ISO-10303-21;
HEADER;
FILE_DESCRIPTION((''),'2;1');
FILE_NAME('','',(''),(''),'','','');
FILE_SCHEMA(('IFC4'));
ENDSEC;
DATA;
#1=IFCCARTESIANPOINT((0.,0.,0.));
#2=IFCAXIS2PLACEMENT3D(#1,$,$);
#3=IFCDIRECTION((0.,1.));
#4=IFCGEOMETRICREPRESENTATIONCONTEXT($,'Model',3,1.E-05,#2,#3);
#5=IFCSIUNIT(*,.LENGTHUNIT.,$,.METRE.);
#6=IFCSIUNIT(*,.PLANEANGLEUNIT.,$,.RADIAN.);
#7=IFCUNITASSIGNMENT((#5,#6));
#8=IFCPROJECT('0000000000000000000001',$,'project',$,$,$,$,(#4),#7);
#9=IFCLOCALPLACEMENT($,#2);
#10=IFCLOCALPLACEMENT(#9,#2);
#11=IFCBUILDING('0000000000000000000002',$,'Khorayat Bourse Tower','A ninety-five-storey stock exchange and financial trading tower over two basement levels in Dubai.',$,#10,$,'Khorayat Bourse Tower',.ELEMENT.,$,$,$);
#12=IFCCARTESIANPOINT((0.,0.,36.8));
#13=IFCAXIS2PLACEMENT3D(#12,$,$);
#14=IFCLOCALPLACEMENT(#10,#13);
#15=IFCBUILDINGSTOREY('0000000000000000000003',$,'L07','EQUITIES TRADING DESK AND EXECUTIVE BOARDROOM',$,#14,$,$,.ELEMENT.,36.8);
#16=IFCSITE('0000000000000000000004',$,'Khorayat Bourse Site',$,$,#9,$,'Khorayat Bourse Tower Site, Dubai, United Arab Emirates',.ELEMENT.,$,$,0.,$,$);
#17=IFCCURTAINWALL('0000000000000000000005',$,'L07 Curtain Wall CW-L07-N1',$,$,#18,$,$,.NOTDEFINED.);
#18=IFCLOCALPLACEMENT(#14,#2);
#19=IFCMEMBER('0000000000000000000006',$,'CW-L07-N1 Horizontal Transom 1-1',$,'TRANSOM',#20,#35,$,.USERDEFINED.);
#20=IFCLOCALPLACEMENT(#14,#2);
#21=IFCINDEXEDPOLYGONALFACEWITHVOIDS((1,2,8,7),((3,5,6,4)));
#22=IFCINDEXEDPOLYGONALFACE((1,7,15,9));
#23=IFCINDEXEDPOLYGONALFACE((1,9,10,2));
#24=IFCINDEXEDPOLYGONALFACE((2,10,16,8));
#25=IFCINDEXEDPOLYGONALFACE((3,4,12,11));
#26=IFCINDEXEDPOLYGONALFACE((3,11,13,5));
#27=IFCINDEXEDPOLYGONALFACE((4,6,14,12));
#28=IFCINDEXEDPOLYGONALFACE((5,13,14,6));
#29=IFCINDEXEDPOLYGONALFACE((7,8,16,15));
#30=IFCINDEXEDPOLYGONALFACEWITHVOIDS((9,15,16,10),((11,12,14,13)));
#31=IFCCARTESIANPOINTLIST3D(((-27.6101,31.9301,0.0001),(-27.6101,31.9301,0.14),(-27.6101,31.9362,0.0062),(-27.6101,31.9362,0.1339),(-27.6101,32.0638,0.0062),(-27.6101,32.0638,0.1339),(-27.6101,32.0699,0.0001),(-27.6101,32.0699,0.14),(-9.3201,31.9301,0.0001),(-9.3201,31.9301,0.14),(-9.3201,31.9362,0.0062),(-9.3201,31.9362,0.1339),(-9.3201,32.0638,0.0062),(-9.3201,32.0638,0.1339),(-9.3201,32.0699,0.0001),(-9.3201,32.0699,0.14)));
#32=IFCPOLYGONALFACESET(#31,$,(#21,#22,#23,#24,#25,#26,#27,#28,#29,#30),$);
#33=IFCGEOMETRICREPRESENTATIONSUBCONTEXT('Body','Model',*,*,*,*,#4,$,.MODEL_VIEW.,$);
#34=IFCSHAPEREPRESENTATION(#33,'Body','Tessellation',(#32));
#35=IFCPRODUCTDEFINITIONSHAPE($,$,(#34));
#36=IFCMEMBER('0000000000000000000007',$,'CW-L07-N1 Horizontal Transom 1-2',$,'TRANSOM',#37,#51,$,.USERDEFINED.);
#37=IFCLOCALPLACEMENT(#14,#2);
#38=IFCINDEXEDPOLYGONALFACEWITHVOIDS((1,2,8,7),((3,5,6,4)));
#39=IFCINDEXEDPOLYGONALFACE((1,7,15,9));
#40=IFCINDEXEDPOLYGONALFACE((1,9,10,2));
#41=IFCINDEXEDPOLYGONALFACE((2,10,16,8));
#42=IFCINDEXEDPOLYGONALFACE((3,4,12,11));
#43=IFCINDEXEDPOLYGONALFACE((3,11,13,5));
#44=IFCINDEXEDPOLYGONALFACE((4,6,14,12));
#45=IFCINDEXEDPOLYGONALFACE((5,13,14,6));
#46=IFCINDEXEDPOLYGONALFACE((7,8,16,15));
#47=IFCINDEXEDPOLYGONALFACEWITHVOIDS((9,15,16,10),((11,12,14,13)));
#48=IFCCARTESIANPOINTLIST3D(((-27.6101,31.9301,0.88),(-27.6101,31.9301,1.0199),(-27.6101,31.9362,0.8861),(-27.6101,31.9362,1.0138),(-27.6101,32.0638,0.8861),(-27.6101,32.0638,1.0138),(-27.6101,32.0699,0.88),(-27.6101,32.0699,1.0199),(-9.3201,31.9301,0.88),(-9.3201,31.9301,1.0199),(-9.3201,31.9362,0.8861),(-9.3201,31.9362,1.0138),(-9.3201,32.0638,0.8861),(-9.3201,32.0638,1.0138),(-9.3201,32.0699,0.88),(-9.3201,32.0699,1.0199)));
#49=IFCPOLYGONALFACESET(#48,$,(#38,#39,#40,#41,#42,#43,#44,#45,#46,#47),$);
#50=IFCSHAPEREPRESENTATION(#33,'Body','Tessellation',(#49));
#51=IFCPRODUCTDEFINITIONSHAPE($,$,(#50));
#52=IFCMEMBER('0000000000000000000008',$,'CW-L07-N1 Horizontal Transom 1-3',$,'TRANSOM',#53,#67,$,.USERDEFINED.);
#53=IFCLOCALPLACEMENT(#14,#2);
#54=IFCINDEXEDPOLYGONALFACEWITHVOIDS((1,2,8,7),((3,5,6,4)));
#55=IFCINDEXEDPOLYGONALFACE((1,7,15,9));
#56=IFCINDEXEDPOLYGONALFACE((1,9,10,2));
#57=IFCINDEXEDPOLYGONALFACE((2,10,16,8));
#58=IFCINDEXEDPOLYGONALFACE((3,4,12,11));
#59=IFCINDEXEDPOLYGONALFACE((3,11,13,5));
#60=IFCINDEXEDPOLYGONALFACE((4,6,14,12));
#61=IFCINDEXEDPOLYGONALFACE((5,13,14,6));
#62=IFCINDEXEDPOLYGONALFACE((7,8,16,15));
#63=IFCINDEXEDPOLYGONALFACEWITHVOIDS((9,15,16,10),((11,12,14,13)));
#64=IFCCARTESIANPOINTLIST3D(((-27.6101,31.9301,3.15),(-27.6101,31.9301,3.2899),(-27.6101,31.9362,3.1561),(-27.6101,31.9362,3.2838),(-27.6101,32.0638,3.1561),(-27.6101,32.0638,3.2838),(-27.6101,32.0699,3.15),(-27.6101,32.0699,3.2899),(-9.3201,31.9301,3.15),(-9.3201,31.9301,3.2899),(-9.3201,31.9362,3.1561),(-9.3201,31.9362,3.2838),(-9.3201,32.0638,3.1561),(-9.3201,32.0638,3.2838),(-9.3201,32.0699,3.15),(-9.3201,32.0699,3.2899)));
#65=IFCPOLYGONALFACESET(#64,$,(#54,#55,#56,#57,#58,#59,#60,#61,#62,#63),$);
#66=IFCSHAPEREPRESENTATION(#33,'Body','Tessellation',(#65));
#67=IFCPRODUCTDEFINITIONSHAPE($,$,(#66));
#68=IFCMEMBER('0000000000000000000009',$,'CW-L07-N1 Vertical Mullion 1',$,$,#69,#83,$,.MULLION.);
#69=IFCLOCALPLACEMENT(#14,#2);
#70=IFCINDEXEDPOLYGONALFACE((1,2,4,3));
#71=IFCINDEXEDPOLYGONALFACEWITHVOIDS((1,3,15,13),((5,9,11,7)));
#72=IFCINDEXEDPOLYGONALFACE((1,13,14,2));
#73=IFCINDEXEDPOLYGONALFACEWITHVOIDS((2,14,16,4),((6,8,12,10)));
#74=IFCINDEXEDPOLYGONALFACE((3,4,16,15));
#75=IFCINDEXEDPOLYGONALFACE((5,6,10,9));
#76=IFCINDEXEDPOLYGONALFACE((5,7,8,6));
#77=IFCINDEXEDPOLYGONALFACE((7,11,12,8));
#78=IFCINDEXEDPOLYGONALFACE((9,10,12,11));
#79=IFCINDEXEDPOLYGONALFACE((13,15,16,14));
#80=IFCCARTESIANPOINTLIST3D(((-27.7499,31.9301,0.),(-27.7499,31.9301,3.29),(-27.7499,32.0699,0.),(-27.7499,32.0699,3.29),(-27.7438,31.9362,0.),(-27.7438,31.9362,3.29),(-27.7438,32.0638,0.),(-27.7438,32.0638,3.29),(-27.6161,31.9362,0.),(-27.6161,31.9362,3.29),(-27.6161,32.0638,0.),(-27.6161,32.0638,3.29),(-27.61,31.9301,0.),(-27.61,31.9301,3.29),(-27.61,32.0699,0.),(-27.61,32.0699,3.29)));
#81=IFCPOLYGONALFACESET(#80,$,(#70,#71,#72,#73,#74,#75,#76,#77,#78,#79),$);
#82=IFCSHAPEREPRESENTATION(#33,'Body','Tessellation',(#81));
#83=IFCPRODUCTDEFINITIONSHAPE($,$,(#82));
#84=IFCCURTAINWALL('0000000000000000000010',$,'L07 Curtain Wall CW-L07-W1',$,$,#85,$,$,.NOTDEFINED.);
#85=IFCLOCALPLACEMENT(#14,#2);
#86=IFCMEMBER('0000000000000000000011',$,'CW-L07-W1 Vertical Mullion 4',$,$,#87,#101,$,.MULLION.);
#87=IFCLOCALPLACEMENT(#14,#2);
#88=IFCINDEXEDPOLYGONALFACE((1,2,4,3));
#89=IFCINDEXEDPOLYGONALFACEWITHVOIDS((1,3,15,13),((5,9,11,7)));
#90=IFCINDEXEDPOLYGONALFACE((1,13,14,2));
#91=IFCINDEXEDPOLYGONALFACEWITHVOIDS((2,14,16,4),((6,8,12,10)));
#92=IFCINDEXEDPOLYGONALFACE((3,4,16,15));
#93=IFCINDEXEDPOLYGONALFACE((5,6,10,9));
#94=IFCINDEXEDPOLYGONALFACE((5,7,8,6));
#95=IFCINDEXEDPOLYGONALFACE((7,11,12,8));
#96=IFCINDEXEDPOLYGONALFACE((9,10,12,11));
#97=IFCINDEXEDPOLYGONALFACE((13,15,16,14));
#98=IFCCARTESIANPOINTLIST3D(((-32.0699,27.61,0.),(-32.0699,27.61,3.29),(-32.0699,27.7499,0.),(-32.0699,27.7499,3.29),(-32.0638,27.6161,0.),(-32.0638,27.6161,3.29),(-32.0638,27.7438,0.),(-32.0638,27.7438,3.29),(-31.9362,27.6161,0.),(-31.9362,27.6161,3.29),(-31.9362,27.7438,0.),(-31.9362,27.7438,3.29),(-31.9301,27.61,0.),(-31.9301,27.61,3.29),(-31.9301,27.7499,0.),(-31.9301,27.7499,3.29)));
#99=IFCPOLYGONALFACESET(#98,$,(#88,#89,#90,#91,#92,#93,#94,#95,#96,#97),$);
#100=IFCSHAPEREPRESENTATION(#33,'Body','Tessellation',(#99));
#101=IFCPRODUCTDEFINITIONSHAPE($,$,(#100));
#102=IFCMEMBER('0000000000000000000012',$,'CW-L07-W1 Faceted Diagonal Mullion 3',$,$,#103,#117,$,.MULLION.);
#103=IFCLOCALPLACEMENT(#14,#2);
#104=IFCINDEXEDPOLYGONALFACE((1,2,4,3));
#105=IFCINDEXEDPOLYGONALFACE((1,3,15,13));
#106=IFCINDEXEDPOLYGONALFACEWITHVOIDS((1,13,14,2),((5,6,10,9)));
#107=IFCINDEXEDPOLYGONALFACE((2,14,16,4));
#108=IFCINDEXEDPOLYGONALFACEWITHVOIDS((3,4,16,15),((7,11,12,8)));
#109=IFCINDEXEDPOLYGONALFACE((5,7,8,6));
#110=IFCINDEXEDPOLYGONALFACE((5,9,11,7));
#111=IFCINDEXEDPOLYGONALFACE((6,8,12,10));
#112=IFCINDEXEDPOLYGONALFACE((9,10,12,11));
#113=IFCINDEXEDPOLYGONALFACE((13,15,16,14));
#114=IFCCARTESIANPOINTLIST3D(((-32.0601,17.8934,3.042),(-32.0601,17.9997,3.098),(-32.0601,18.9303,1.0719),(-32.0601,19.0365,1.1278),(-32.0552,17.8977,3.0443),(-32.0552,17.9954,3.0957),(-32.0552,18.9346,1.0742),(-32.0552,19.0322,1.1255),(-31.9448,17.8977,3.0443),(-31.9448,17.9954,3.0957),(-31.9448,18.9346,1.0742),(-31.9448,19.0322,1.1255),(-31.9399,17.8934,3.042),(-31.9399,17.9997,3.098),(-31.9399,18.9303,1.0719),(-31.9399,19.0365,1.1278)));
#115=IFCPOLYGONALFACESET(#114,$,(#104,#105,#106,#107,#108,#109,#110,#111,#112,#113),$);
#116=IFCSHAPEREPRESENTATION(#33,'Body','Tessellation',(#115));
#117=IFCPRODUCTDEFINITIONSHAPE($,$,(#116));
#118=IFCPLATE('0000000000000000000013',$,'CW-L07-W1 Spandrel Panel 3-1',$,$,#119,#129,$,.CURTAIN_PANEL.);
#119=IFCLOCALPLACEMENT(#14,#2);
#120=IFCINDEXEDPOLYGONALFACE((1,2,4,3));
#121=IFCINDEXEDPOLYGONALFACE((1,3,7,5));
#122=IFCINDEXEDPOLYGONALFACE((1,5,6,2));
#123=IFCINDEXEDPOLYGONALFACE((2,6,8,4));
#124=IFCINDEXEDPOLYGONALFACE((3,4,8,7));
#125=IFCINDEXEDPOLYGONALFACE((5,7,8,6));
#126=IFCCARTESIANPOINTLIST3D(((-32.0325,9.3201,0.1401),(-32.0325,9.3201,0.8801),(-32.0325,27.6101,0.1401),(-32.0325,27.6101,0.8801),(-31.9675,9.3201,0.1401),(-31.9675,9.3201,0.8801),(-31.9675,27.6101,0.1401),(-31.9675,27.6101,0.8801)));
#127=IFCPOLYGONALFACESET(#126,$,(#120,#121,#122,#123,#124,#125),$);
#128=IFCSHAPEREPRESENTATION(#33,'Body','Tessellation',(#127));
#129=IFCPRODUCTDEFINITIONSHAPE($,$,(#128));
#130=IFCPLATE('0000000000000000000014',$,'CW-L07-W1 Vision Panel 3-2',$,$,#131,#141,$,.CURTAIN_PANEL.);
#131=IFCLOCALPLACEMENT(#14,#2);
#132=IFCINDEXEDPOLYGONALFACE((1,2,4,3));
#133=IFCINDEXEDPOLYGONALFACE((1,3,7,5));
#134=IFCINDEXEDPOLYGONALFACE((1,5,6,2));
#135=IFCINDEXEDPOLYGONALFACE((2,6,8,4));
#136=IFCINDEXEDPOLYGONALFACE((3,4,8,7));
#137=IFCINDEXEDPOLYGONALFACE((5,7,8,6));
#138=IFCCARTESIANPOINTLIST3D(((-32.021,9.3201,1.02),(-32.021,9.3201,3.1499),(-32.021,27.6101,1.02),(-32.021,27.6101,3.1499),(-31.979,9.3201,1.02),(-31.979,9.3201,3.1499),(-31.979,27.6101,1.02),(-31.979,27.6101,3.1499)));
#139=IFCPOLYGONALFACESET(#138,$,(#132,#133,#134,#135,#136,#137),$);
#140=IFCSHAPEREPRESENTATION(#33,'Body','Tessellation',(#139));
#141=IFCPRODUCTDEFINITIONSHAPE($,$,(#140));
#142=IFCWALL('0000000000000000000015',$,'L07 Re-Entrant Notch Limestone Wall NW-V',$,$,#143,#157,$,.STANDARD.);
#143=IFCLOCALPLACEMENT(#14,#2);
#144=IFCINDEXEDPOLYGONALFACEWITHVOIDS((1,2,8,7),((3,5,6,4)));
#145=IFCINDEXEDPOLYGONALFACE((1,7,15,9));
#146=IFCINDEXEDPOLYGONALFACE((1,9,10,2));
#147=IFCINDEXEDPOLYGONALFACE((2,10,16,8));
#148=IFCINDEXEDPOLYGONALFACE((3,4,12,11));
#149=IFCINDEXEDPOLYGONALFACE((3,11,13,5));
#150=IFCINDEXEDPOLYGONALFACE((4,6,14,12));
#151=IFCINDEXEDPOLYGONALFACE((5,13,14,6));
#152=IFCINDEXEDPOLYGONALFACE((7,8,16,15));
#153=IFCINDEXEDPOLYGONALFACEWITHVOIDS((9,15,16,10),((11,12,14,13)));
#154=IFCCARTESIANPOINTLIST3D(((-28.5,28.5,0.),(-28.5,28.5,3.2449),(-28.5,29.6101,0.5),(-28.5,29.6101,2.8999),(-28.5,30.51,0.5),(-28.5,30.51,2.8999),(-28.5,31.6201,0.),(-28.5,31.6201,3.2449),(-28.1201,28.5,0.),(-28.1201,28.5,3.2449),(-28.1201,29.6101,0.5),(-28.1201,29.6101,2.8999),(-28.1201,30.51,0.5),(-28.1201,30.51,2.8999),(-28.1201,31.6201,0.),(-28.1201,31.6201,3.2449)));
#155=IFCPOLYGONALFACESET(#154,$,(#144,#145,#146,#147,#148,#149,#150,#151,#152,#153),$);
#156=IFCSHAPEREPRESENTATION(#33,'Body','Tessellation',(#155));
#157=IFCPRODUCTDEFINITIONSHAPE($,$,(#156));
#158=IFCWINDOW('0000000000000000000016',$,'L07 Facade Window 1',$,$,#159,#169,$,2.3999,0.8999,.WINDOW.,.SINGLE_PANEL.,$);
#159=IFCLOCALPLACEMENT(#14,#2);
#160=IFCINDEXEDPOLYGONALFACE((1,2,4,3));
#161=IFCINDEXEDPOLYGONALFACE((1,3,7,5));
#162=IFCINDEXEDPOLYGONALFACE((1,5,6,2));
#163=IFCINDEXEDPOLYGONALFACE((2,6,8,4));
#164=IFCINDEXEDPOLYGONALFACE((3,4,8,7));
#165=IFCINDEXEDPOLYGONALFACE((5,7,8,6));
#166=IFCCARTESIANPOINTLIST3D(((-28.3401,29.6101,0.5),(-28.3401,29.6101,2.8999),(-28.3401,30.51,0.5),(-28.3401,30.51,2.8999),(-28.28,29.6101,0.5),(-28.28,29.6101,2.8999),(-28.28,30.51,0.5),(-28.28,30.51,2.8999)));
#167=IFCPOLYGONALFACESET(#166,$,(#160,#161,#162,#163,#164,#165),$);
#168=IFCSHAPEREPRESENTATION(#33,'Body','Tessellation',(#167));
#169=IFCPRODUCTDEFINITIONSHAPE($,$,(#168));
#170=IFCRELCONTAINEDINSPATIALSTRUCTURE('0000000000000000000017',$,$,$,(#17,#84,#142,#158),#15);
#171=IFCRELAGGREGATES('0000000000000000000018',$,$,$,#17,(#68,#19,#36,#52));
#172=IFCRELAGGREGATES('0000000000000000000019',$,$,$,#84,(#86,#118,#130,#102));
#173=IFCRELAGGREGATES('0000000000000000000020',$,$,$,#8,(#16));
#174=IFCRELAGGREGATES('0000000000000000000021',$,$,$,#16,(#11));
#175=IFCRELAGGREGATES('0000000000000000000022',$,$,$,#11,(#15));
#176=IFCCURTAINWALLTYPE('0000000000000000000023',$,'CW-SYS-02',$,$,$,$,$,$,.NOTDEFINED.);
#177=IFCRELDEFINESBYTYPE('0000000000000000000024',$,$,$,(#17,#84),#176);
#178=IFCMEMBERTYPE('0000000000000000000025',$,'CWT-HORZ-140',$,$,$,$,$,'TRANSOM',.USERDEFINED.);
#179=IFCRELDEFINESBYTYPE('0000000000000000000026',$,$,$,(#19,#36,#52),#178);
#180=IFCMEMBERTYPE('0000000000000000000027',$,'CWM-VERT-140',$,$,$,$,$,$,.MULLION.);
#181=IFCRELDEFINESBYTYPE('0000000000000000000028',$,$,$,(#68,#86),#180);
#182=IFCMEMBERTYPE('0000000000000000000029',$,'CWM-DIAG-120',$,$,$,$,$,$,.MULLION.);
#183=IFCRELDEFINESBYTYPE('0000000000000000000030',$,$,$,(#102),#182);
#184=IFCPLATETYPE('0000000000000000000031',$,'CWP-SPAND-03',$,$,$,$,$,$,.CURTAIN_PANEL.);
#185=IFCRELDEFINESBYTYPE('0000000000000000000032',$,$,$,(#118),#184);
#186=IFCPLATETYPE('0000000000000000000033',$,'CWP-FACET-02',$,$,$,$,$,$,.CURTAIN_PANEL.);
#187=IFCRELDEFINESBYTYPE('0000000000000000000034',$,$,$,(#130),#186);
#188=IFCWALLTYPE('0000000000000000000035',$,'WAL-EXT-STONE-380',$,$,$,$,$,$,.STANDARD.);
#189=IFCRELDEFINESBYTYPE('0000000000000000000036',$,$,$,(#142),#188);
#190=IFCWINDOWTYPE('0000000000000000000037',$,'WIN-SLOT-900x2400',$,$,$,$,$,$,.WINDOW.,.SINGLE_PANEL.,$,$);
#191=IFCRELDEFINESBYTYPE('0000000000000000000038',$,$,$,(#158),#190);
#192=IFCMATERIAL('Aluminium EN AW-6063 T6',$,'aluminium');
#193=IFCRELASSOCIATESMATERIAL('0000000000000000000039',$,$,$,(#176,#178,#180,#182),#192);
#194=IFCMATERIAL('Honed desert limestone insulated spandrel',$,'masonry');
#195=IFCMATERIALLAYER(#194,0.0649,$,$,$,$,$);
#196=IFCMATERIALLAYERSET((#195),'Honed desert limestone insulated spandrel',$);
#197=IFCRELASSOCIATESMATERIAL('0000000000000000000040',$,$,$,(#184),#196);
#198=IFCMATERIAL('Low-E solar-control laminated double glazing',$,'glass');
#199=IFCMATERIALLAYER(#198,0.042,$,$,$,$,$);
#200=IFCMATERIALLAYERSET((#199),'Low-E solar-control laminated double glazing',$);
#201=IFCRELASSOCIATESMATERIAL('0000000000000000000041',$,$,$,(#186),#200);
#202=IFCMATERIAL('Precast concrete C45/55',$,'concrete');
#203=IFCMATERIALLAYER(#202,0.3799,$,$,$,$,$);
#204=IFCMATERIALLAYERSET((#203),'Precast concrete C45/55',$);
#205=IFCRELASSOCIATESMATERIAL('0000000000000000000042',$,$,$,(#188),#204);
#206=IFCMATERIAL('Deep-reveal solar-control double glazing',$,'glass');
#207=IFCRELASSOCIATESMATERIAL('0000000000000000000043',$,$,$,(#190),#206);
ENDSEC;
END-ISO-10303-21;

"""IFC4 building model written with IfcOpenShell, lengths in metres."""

from ifc_helpers import new_model, si_unit, direction, frame, frame_2d, origin, origin_2d, place, context, subcontext, project, spatial, rectangle, hollow_rectangle, extrude, source, transform, mapped, material, layer, layer_set, material_profile, profile_set, type_object, element, fill, aggregate, save


model = new_model("IFC4")

# Units and contexts
model_context = context("Model", 3, precision=1e-05, world=origin(), true_north=direction((0.0, 1.0)))
body_context = subcontext(model_context, "Body", "Model", "MODEL_VIEW")
ifc_project = project(units=[si_unit("LENGTHUNIT", "METRE"), si_unit("PLANEANGLEUNIT", "RADIAN")], contexts=[model_context])

# Site, building, storey
site_placement = place(None, origin())
site = spatial("IfcSite", under=ifc_project, at=site_placement, Name="Khorayat Bourse Site", LongName="Khorayat Bourse Tower Site, Dubai, United Arab Emirates", CompositionType="ELEMENT", RefElevation=0.0)
building_placement = place(site_placement, origin())
building = spatial("IfcBuilding", under=site, at=building_placement, Name="Khorayat Bourse Tower", Description="A ninety-five-storey stock exchange and financial trading tower over two basement levels in Dubai.", LongName="Khorayat Bourse Tower", CompositionType="ELEMENT")
storey_placement = place(building_placement, frame((0.0, 0.0, 36.8)))
storey = spatial("IfcBuildingStorey", under=building, at=storey_placement, Name="L07", Description="EQUITIES TRADING DESK AND EXECUTIVE BOARDROOM", CompositionType="ELEMENT", Elevation=36.8)

# Curtain wall, members
ifc_material_1 = material(Name="Aluminium EN AW-6063 T6", Category="aluminium")
curtain_wall_type = type_object("IfcCurtainWallType", Name="CW-SYS-02", PredefinedType="NOTDEFINED", material=ifc_material_1)
curtain_wall_1_placement = place(storey_placement, origin())
curtain_wall_1 = element("IfcCurtainWall", 1, at=curtain_wall_1_placement, inside=storey, type_object=curtain_wall_type, Name="L07 Curtain Wall CW-L07-N1", PredefinedType="NOTDEFINED")
ifc_material_profile_1 = material_profile(ifc_material_1, hollow_rectangle(XDim=0.1399, YDim=0.1399, WallThickness=0.0061, at=origin_2d()), Name="ALU 140x140x6")
ifc_profile_set_1 = profile_set([ifc_material_profile_1], Name="Aluminium EN AW-6063 T6")
member_type_1 = type_object("IfcMemberType", Name="CWT-HORZ-140", ElementType="TRANSOM", PredefinedType="USERDEFINED", material=ifc_profile_set_1)
shared_shape_1 = source(origin(), body_context, "Body", "SweptSolid", [
    extrude(hollow_rectangle(XDim=0.1399, YDim=0.1399, WallThickness=0.0061, at=origin_2d()), origin(), (0.0, 0.0, 1.0), 18.29),
])
member_1_placement = place(storey_placement, frame((-27.6101, 32.0, 0.0701), z_axis=(1.0, 0.0, 0.0), x_axis=(0.0, 1.0, 0.0)))
member_1 = element("IfcMember", 2, at=member_1_placement, type_object=member_type_1, Name="CW-L07-N1 Horizontal Transom 1-1", ObjectType="TRANSOM", PredefinedType="USERDEFINED", context=body_context, shape_type="MappedRepresentation", body=[
    mapped(shared_shape_1, transform((0.0, 0.0, 0.0), scale=1.0)),
])
member_2_placement = place(storey_placement, frame((-27.6101, 32.0, 0.95), z_axis=(1.0, 0.0, 0.0), x_axis=(0.0, 1.0, 0.0)))
member_2 = element("IfcMember", 3, at=member_2_placement, type_object=member_type_1, Name="CW-L07-N1 Horizontal Transom 1-2", ObjectType="TRANSOM", PredefinedType="USERDEFINED", context=body_context, shape_type="MappedRepresentation", body=[
    mapped(shared_shape_1, transform((0.0, 0.0, 0.0), scale=1.0)),
])
member_3_placement = place(storey_placement, frame((-27.6101, 32.0, 3.22), z_axis=(1.0, 0.0, 0.0), x_axis=(0.0, 1.0, 0.0)))
member_3 = element("IfcMember", 4, at=member_3_placement, type_object=member_type_1, Name="CW-L07-N1 Horizontal Transom 1-3", ObjectType="TRANSOM", PredefinedType="USERDEFINED", context=body_context, shape_type="MappedRepresentation", body=[
    mapped(shared_shape_1, transform((0.0, 0.0, 0.0), scale=1.0)),
])
ifc_material_profile_2 = material_profile(ifc_material_1, hollow_rectangle(XDim=0.1399, YDim=0.1399, WallThickness=0.0061, at=origin_2d()), Name="ALU 140x140x6")
ifc_profile_set_2 = profile_set([ifc_material_profile_2], Name="Aluminium EN AW-6063 T6")
member_type_2 = type_object("IfcMemberType", Name="CWM-VERT-140", PredefinedType="MULLION", material=ifc_profile_set_2)
shared_shape_2 = source(origin(), body_context, "Body", "SweptSolid", [
    extrude(hollow_rectangle(XDim=0.1399, YDim=0.1399, WallThickness=0.0061, at=origin_2d()), origin(), (0.0, 0.0, 1.0), 3.29),
])
member_4_placement = place(storey_placement, frame((-27.6799, 32.0, 0.0), z_axis=(0.0, 0.0, 1.0), x_axis=(0.0, 1.0, 0.0)))
member_4 = element("IfcMember", 5, at=member_4_placement, type_object=member_type_2, Name="CW-L07-N1 Vertical Mullion 1", PredefinedType="MULLION", context=body_context, shape_type="MappedRepresentation", body=[
    mapped(shared_shape_2, transform((0.0, 0.0, 0.0), scale=1.0)),
])
aggregate(curtain_wall_1, [member_4, member_1, member_2, member_3])

# Curtain wall, members, plates
curtain_wall_2_placement = place(storey_placement, origin())
curtain_wall_2 = element("IfcCurtainWall", 6, at=curtain_wall_2_placement, inside=storey, type_object=curtain_wall_type, Name="L07 Curtain Wall CW-L07-W1", PredefinedType="NOTDEFINED")
member_5_placement = place(storey_placement, frame((-32.0, 27.6799, 0.0), z_axis=(0.0, 0.0, 1.0), x_axis=(-1.0, 0.0, 0.0)))
member_5 = element("IfcMember", 7, at=member_5_placement, type_object=member_type_2, Name="CW-L07-W1 Vertical Mullion 4", PredefinedType="MULLION", context=body_context, shape_type="MappedRepresentation", body=[
    mapped(shared_shape_2, transform((0.0, 0.0, 0.0), scale=1.0)),
])
ifc_material_profile_3 = material_profile(ifc_material_1, hollow_rectangle(XDim=0.1201, YDim=0.1201, WallThickness=0.0049, at=origin_2d()), Name="ALU 120x120x5")
ifc_profile_set_3 = profile_set([ifc_material_profile_3], Name="Aluminium EN AW-6063 T6")
member_type_3 = type_object("IfcMemberType", Name="CWM-DIAG-120", PredefinedType="MULLION", material=ifc_profile_set_3)
shared_shape_3 = source(origin(), body_context, "Body", "SweptSolid", [
    extrude(hollow_rectangle(XDim=0.1201, YDim=0.1201, WallThickness=0.0049, at=origin_2d()), origin(), (0.0, 0.0, 1.0), 2.2263),
])
member_6_placement = place(storey_placement, frame((-32.0, 18.9834, 1.0999), z_axis=(0.0, -0.465715, 0.884935), x_axis=(1.0, 0.0, 0.0)))
member_6 = element("IfcMember", 8, at=member_6_placement, type_object=member_type_3, Name="CW-L07-W1 Faceted Diagonal Mullion 3", PredefinedType="MULLION", context=body_context, shape_type="MappedRepresentation", body=[
    mapped(shared_shape_3, transform((0.0, 0.0, 0.0), scale=1.0)),
])
ifc_material_2 = material(Name="Honed desert limestone insulated spandrel", Category="masonry")
ifc_layer_1 = layer(ifc_material_2, 0.0649)
ifc_layer_set_1 = layer_set([ifc_layer_1], Name="Honed desert limestone insulated spandrel")
plate_type_1 = type_object("IfcPlateType", Name="CWP-SPAND-03", PredefinedType="CURTAIN_PANEL", material=ifc_layer_set_1)
shared_shape_4 = source(origin(), body_context, "Body", "SweptSolid", [
    extrude(rectangle(XDim=18.29, YDim=0.0649, at=origin_2d()), origin(), (0.0, 0.0, 1.0), 0.74),
])
plate_1_placement = place(storey_placement, frame((-32.0, 18.4651, 0.1401), z_axis=(0.0, 0.0, 1.0), x_axis=(0.0, 1.0, 0.0)))
plate_1 = element("IfcPlate", 9, at=plate_1_placement, type_object=plate_type_1, Name="CW-L07-W1 Spandrel Panel 3-1", PredefinedType="CURTAIN_PANEL", context=body_context, shape_type="MappedRepresentation", body=[
    mapped(shared_shape_4, transform((0.0, 0.0, 0.0), scale=1.0)),
])
ifc_material_3 = material(Name="Low-E solar-control laminated double glazing", Category="glass")
ifc_layer_2 = layer(ifc_material_3, 0.042)
ifc_layer_set_2 = layer_set([ifc_layer_2], Name="Low-E solar-control laminated double glazing")
plate_type_2 = type_object("IfcPlateType", Name="CWP-FACET-02", PredefinedType="CURTAIN_PANEL", material=ifc_layer_set_2)
shared_shape_5 = source(origin(), body_context, "Body", "SweptSolid", [
    extrude(rectangle(XDim=18.29, YDim=0.042, at=origin_2d()), origin(), (0.0, 0.0, 1.0), 2.1299),
])
plate_2_placement = place(storey_placement, frame((-32.0, 18.4651, 1.02), z_axis=(0.0, 0.0, 1.0), x_axis=(0.0, 1.0, 0.0)))
plate_2 = element("IfcPlate", 10, at=plate_2_placement, type_object=plate_type_2, Name="CW-L07-W1 Vision Panel 3-2", PredefinedType="CURTAIN_PANEL", context=body_context, shape_type="MappedRepresentation", body=[
    mapped(shared_shape_5, transform((0.0, 0.0, 0.0), scale=1.0)),
])
aggregate(curtain_wall_2, [member_5, plate_1, plate_2, member_6])

# Wall, opening, window
ifc_material_4 = material(Name="Precast concrete C45/55", Category="concrete")
ifc_layer_3 = layer(ifc_material_4, 0.3799)
ifc_layer_set_3 = layer_set([ifc_layer_3], Name="Precast concrete C45/55")
wall_type_1 = type_object("IfcWallType", Name="WAL-EXT-STONE-380", PredefinedType="STANDARD", material=ifc_layer_set_3)
shared_shape_6 = source(origin(), body_context, "Body", "SweptSolid", [
    extrude(rectangle(XDim=3.1201, YDim=0.3799, at=frame_2d((1.5601, 0.0))), origin(), (0.0, 0.0, 1.0), 3.2449),
])
wall_1_placement = place(storey_placement, frame((-28.3101, 28.5, 0.0), z_axis=(0.0, 0.0, 1.0), x_axis=(0.0, 1.0, 0.0)))
wall_1 = element("IfcWall", 11, at=wall_1_placement, inside=storey, type_object=wall_type_1, Name="L07 Re-Entrant Notch Limestone Wall NW-V", PredefinedType="STANDARD", context=body_context, shape_type="MappedRepresentation", body=[
    mapped(shared_shape_6, transform((0.0, 0.0, 0.0), scale=1.0)),
])
shared_shape_7 = source(origin(), body_context, "Body", "SweptSolid", [
    extrude(rectangle(XDim=0.8999, YDim=2.3999, at=frame_2d((0.45, 1.2))), frame((0.0, 0.2, 0.0), z_axis=(0.0, -1.0, 0.0), x_axis=(1.0, 0.0, 0.0)), (0.0, 0.0, 1.0), 0.3999),
])
opening_1_placement = place(wall_1_placement, frame((1.1101, 0.0, 0.5)))
opening_1 = element("IfcOpeningElement", 12, at=opening_1_placement, cuts=wall_1, PredefinedType="OPENING", context=body_context, shape_type="MappedRepresentation", body=[
    mapped(shared_shape_7, transform((0.0, 0.0, 0.0), scale=1.0)),
])
ifc_material_5 = material(Name="Deep-reveal solar-control double glazing", Category="glass")
window_type = type_object("IfcWindowType", Name="WIN-SLOT-900x2400", PartitioningType="SINGLE_PANEL", PredefinedType="WINDOW", material=ifc_material_5)
shared_shape_8 = source(origin(), body_context, "Body", "SweptSolid", [
    extrude(rectangle(XDim=0.8999, YDim=2.3999, at=frame_2d((0.45, 1.2))), frame((0.0, 0.03, 0.0), z_axis=(0.0, -1.0, 0.0), x_axis=(1.0, 0.0, 0.0)), (0.0, 0.0, 1.0), 0.0601),
])
window_1_placement = place(opening_1_placement, origin())
window_1 = element("IfcWindow", 13, at=window_1_placement, inside=storey, type_object=window_type, Name="L07 Facade Window 1", OverallHeight=2.3999, OverallWidth=0.8999, PartitioningType="SINGLE_PANEL", PredefinedType="WINDOW", context=body_context, shape_type="MappedRepresentation", body=[
    mapped(shared_shape_8, transform((0.0, 0.0, 0.0), scale=1.0)),
])
fill(opening_1, window_1)

save(model, "model.ifc")
